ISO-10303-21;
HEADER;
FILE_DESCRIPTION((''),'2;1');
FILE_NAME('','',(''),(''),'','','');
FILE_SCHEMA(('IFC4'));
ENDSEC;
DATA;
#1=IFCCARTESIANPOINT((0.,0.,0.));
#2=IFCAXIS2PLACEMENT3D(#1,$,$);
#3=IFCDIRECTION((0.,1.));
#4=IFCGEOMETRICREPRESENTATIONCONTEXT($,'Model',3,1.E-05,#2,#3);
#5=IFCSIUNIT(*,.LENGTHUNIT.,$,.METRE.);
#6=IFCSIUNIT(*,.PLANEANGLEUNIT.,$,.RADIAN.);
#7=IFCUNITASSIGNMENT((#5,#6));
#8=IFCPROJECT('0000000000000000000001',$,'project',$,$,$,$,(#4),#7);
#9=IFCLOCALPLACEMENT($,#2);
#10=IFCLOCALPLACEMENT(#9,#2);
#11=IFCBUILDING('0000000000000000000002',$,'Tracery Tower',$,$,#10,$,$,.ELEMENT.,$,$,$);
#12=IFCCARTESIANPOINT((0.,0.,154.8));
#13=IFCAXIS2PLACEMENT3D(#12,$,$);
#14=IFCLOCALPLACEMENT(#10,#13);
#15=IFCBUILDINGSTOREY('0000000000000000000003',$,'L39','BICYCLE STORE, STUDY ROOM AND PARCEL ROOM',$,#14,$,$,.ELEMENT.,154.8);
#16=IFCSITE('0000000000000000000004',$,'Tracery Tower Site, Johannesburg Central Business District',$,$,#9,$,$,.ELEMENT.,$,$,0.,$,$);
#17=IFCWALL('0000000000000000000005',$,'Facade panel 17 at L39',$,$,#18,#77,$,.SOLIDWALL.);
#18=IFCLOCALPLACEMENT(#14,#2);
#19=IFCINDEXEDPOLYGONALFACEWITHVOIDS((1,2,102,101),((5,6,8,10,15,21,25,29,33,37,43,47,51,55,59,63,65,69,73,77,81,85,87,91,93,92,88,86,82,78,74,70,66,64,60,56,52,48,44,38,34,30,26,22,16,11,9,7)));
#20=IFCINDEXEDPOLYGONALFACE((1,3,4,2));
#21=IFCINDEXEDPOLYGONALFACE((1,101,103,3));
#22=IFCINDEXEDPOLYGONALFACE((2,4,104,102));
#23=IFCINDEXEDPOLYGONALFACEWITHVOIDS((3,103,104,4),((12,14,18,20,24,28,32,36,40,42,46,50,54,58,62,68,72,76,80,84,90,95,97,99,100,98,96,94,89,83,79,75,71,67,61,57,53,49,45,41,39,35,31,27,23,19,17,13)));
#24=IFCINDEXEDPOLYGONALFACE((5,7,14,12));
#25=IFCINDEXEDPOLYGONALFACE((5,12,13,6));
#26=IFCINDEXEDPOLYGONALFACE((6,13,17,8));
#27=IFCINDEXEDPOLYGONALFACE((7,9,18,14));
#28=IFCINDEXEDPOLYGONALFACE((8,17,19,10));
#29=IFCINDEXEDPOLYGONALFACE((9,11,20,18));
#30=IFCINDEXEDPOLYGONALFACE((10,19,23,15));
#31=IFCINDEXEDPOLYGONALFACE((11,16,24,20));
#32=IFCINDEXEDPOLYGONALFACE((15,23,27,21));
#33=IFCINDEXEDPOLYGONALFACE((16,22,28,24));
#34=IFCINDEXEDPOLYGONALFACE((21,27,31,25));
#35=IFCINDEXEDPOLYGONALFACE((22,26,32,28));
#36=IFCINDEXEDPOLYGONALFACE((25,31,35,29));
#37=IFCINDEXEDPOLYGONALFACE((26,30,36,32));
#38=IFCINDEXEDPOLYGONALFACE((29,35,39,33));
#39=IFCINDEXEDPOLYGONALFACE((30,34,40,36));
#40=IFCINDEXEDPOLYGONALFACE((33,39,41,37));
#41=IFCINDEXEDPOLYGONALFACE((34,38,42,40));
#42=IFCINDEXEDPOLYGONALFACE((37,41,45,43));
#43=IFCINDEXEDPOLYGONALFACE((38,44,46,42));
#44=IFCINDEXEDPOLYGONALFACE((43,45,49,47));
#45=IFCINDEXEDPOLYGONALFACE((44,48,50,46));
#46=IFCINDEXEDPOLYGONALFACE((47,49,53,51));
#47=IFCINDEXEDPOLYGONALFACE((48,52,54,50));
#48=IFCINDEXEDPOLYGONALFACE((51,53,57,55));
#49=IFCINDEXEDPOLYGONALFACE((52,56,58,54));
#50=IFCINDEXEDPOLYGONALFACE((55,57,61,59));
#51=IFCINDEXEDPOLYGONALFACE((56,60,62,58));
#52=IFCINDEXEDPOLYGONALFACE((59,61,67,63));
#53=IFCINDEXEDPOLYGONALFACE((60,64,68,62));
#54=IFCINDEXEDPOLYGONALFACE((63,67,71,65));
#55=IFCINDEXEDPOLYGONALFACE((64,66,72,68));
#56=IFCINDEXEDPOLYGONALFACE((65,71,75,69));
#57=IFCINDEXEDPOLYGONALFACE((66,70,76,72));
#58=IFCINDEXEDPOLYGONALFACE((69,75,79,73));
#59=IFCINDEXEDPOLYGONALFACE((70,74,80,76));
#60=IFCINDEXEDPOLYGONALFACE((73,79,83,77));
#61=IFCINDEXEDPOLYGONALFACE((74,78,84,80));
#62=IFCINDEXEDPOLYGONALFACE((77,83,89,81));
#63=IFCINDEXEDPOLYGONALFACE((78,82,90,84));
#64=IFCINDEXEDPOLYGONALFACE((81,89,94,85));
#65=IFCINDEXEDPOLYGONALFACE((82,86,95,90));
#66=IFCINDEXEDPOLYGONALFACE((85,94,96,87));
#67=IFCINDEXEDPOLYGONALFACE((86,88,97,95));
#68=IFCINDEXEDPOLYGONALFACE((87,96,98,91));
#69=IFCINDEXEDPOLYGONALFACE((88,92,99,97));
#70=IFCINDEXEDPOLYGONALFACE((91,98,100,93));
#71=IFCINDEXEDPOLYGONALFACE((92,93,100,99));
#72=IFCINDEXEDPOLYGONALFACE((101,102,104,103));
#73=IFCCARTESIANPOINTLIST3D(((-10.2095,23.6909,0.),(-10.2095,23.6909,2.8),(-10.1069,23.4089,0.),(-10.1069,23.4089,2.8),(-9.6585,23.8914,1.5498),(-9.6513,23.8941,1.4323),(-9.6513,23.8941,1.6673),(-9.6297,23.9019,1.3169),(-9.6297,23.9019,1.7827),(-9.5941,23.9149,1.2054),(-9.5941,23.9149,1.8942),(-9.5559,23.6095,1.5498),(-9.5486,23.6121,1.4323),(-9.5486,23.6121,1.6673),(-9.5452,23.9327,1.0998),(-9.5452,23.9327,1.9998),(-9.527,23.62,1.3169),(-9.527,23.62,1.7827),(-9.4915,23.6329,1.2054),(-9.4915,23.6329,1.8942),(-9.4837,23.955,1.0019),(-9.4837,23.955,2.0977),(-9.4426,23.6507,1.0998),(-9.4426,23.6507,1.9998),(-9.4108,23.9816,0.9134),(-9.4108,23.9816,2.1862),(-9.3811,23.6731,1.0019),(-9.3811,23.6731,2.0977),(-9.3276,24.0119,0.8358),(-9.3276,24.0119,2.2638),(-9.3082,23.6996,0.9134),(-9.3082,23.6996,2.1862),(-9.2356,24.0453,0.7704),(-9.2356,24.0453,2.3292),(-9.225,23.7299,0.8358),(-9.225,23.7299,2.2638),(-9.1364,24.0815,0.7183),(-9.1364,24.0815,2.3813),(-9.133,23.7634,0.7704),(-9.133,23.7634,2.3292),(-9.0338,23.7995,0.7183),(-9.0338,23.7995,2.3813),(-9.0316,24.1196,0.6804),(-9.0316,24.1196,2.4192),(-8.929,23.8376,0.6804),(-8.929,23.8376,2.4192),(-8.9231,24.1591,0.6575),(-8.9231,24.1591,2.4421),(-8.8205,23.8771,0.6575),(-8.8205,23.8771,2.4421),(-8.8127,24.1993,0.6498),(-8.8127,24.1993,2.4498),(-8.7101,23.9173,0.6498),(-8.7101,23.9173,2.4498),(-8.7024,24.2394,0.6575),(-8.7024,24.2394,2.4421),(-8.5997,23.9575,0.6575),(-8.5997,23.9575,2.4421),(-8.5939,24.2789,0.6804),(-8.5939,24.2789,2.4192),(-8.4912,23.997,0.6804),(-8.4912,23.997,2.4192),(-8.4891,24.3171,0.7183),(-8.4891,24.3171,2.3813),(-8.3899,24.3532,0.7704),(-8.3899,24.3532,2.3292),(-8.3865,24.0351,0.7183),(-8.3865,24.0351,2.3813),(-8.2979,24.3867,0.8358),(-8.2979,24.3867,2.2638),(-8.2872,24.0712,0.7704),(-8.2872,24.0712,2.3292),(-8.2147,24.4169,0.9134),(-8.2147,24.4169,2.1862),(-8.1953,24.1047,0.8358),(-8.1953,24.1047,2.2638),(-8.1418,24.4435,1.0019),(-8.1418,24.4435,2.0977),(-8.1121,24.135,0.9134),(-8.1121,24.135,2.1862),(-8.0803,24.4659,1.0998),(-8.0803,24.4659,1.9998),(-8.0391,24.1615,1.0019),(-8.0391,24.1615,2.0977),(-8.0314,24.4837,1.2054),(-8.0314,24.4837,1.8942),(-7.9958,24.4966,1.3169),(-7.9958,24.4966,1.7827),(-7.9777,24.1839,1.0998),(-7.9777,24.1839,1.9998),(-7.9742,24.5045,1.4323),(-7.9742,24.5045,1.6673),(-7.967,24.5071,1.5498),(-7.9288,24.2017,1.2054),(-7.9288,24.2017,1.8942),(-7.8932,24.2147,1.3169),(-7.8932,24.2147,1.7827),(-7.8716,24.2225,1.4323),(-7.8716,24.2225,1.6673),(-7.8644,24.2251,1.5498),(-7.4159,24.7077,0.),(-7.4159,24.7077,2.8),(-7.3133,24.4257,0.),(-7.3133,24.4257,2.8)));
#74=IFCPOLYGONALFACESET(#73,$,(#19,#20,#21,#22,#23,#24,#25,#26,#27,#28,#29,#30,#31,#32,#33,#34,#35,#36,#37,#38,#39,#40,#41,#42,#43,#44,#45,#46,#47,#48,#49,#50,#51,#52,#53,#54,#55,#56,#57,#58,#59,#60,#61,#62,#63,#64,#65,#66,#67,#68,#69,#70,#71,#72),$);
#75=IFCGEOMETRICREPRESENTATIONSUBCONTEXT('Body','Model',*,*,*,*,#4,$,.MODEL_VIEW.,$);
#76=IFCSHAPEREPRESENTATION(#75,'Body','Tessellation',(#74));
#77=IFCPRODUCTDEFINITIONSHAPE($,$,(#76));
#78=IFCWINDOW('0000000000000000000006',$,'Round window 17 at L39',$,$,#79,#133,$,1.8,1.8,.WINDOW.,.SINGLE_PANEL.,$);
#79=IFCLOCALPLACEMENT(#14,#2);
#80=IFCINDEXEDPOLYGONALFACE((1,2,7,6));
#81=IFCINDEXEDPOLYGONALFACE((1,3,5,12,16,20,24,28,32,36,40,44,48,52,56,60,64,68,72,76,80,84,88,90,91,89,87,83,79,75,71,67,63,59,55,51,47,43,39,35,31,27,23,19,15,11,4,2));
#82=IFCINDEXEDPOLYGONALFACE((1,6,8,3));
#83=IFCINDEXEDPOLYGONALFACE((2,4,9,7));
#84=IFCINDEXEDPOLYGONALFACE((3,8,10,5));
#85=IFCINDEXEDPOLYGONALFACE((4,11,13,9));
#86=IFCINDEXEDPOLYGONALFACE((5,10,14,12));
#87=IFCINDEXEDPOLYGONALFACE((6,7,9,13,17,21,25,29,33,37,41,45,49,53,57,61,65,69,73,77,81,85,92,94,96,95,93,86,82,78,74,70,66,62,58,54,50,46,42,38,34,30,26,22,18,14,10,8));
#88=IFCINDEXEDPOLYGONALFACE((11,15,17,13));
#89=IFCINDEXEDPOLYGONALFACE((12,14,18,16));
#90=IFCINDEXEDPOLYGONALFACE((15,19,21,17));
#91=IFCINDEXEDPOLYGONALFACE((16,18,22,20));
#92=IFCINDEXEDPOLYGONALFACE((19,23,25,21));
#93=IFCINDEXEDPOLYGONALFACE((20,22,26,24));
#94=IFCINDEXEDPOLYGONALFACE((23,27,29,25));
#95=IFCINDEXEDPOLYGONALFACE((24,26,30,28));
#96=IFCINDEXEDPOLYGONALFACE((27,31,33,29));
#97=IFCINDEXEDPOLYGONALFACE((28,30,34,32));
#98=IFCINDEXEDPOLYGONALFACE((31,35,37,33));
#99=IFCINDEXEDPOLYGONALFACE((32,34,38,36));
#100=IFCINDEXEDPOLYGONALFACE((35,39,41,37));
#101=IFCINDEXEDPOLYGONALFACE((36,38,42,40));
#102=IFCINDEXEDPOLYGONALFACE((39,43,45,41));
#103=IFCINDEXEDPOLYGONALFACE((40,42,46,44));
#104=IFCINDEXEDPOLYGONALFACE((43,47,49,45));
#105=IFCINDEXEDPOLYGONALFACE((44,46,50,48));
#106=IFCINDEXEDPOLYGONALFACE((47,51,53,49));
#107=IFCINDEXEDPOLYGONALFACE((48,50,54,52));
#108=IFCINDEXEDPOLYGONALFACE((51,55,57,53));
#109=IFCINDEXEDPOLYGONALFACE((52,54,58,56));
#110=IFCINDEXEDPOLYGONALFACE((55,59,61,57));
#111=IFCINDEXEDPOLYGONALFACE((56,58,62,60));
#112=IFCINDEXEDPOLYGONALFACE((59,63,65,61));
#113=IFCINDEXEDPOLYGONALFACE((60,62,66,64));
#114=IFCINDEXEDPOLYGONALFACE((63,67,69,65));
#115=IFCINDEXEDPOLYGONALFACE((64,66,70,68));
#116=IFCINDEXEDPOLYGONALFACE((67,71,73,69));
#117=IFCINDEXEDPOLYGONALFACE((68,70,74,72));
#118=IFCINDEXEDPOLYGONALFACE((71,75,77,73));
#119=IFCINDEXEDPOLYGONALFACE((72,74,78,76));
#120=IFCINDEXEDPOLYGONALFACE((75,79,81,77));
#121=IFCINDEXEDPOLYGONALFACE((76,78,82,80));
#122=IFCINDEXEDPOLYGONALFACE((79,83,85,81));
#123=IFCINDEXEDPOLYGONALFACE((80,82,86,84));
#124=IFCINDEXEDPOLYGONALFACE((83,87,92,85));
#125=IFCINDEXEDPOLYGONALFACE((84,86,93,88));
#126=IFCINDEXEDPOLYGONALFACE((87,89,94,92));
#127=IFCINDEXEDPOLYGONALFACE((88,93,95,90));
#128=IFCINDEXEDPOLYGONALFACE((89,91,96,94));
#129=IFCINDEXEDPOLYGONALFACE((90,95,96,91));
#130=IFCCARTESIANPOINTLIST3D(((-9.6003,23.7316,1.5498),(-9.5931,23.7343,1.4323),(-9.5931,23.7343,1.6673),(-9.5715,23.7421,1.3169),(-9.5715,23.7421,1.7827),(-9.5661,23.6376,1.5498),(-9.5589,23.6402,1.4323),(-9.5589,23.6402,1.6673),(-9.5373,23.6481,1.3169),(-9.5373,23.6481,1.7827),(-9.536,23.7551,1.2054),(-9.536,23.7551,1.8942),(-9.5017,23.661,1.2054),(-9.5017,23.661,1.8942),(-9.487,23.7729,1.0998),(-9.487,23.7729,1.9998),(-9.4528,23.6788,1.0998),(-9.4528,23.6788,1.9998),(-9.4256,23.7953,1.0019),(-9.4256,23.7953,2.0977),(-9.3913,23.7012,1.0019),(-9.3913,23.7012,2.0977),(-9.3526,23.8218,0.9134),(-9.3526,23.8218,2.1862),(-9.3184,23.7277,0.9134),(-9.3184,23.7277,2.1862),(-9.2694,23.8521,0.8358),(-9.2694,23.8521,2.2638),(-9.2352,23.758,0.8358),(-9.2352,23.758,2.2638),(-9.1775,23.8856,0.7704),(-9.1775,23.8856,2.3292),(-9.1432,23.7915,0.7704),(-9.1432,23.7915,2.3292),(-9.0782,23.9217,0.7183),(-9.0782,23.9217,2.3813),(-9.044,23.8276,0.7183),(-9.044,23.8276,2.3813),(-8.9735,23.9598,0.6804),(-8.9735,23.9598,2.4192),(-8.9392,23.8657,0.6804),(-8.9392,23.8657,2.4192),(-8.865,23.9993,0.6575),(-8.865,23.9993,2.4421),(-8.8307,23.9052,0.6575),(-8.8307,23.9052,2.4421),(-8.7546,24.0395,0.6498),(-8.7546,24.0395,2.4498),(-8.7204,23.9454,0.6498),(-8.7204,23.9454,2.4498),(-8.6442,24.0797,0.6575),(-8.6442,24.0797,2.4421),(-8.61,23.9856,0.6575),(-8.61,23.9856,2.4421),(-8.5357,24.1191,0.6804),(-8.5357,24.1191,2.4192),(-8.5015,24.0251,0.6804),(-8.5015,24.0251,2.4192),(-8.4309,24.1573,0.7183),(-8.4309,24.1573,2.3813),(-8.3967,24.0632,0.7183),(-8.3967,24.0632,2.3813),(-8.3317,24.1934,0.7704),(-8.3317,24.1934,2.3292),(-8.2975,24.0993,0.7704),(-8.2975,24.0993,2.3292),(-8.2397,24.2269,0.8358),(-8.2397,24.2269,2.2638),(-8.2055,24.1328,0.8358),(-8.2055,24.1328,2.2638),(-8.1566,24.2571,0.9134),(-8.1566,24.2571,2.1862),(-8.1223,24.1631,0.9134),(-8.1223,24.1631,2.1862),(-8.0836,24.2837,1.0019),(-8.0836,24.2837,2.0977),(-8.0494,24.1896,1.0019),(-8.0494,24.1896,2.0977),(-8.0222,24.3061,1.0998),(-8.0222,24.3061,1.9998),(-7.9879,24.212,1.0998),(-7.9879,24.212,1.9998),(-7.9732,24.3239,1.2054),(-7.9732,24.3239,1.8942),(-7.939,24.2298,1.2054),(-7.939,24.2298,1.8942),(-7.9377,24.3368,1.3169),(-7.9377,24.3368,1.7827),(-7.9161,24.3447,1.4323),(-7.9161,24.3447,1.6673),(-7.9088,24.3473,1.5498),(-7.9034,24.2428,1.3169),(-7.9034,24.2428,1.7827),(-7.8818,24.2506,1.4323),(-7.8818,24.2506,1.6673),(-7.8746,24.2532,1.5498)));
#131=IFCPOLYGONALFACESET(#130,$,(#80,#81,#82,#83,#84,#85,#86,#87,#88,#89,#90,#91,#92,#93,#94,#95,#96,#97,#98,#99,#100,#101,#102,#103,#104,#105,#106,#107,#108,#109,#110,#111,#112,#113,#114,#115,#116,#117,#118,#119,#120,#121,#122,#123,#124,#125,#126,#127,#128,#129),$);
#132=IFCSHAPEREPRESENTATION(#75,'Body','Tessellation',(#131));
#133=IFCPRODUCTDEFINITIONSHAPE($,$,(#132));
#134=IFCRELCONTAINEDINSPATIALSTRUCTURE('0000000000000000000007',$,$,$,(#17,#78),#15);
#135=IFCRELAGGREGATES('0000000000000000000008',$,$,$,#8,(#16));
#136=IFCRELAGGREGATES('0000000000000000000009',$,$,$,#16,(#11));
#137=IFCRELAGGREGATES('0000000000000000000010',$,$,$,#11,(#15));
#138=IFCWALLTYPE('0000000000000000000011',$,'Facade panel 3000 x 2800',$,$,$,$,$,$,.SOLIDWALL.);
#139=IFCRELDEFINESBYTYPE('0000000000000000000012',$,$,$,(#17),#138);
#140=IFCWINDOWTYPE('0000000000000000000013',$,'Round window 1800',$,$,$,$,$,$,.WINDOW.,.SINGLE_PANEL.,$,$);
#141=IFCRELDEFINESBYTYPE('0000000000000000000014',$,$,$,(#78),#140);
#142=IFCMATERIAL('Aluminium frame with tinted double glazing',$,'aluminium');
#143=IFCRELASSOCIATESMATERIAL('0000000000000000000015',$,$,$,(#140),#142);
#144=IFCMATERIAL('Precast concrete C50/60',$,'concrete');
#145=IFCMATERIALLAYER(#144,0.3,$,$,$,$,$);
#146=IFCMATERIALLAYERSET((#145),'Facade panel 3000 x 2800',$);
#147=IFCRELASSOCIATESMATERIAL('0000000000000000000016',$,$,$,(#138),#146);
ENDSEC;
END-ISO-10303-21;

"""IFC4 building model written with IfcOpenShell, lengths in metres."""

from ifc_helpers import new_model, si_unit, direction, frame, frame_2d, origin, origin_2d, place, context, subcontext, project, spatial, rectangle, circle, extrude, material, layer, layer_set, type_object, element, fill, save


model = new_model("IFC4")

# Units and contexts
model_context = context("Model", 3, precision=1e-05, world=origin(), true_north=direction((0.0, 1.0)))
body_context = subcontext(model_context, "Body", "Model", "MODEL_VIEW")
ifc_project = project(units=[si_unit("LENGTHUNIT", "METRE"), si_unit("PLANEANGLEUNIT", "RADIAN")], contexts=[model_context])

# Site, building, storey
site_placement = place(None, origin())
site = spatial("IfcSite", under=ifc_project, at=site_placement, Name="Tracery Tower Site, Johannesburg Central Business District", CompositionType="ELEMENT", RefElevation=0.0)
building_placement = place(site_placement, origin())
building = spatial("IfcBuilding", under=site, at=building_placement, Name="Tracery Tower", CompositionType="ELEMENT")
storey_placement = place(building_placement, frame((0.0, 0.0, 154.8)))
storey = spatial("IfcBuildingStorey", under=building, at=storey_placement, Name="L39", Description="BICYCLE STORE, STUDY ROOM AND PARCEL ROOM", CompositionType="ELEMENT", Elevation=154.8)

# Wall, opening, window
ifc_material_1 = material(Name="Aluminium frame with tinted double glazing", Category="aluminium")
window_type = type_object("IfcWindowType", Name="Round window 1800", PartitioningType="SINGLE_PANEL", PredefinedType="WINDOW", material=ifc_material_1)
ifc_material_2 = material(Name="Precast concrete C50/60", Category="concrete")
ifc_layer_1 = layer(ifc_material_2, 0.3)
ifc_layer_set_1 = layer_set([ifc_layer_1], Name="Facade panel 3000 x 2800")
wall_type_1 = type_object("IfcWallType", Name="Facade panel 3000 x 2800", PredefinedType="SOLIDWALL", material=ifc_layer_set_1)
wall_1_placement = place(storey_placement, frame((-7.3647, 24.5667, 0.0), z_axis=(0.0, 0.0, 1.0), x_axis=(-0.93969, -0.342027, 0.0)))
wall_1 = element("IfcWall", 1, at=wall_1_placement, inside=storey, type_object=wall_type_1, Name="Facade panel 17 at L39", PredefinedType="SOLIDWALL", context=body_context, shape_type="SweptSolid", body=[
    extrude(rectangle(XDim=2.9729, YDim=0.3, at=frame_2d((1.4863, 0.0))), origin(), (0.0, 0.0, 1.0), 2.8),
])
opening_1_placement = place(wall_1_placement, frame((1.4863, 0.0, 1.5498)))
opening_1 = element("IfcOpeningElement", 2, at=opening_1_placement, cuts=wall_1, PredefinedType="OPENING", context=body_context, shape_type="SweptSolid", body=[
    extrude(circle(Radius=0.9, at=origin_2d()), frame((0.0, 0.1599, 0.0), z_axis=(0.0, -1.0, 0.0), x_axis=(1.0, 0.0, 0.0)), (0.0, 0.0, 1.0), 0.3201),
])
window_1_placement = place(opening_1_placement, origin())
window_1 = element("IfcWindow", 3, at=window_1_placement, inside=storey, type_object=window_type, Name="Round window 17 at L39", OverallHeight=1.8, OverallWidth=1.8, PartitioningType="SINGLE_PANEL", PredefinedType="WINDOW", context=body_context, shape_type="SweptSolid", body=[
    extrude(circle(Radius=0.9, at=origin_2d()), frame((0.0, 0.1201, 0.0), z_axis=(0.0, -1.0, 0.0), x_axis=(1.0, 0.0, 0.0)), (0.0, 0.0, 1.0), 0.1001),
])
fill(opening_1, window_1)

save(model, "model.ifc")
